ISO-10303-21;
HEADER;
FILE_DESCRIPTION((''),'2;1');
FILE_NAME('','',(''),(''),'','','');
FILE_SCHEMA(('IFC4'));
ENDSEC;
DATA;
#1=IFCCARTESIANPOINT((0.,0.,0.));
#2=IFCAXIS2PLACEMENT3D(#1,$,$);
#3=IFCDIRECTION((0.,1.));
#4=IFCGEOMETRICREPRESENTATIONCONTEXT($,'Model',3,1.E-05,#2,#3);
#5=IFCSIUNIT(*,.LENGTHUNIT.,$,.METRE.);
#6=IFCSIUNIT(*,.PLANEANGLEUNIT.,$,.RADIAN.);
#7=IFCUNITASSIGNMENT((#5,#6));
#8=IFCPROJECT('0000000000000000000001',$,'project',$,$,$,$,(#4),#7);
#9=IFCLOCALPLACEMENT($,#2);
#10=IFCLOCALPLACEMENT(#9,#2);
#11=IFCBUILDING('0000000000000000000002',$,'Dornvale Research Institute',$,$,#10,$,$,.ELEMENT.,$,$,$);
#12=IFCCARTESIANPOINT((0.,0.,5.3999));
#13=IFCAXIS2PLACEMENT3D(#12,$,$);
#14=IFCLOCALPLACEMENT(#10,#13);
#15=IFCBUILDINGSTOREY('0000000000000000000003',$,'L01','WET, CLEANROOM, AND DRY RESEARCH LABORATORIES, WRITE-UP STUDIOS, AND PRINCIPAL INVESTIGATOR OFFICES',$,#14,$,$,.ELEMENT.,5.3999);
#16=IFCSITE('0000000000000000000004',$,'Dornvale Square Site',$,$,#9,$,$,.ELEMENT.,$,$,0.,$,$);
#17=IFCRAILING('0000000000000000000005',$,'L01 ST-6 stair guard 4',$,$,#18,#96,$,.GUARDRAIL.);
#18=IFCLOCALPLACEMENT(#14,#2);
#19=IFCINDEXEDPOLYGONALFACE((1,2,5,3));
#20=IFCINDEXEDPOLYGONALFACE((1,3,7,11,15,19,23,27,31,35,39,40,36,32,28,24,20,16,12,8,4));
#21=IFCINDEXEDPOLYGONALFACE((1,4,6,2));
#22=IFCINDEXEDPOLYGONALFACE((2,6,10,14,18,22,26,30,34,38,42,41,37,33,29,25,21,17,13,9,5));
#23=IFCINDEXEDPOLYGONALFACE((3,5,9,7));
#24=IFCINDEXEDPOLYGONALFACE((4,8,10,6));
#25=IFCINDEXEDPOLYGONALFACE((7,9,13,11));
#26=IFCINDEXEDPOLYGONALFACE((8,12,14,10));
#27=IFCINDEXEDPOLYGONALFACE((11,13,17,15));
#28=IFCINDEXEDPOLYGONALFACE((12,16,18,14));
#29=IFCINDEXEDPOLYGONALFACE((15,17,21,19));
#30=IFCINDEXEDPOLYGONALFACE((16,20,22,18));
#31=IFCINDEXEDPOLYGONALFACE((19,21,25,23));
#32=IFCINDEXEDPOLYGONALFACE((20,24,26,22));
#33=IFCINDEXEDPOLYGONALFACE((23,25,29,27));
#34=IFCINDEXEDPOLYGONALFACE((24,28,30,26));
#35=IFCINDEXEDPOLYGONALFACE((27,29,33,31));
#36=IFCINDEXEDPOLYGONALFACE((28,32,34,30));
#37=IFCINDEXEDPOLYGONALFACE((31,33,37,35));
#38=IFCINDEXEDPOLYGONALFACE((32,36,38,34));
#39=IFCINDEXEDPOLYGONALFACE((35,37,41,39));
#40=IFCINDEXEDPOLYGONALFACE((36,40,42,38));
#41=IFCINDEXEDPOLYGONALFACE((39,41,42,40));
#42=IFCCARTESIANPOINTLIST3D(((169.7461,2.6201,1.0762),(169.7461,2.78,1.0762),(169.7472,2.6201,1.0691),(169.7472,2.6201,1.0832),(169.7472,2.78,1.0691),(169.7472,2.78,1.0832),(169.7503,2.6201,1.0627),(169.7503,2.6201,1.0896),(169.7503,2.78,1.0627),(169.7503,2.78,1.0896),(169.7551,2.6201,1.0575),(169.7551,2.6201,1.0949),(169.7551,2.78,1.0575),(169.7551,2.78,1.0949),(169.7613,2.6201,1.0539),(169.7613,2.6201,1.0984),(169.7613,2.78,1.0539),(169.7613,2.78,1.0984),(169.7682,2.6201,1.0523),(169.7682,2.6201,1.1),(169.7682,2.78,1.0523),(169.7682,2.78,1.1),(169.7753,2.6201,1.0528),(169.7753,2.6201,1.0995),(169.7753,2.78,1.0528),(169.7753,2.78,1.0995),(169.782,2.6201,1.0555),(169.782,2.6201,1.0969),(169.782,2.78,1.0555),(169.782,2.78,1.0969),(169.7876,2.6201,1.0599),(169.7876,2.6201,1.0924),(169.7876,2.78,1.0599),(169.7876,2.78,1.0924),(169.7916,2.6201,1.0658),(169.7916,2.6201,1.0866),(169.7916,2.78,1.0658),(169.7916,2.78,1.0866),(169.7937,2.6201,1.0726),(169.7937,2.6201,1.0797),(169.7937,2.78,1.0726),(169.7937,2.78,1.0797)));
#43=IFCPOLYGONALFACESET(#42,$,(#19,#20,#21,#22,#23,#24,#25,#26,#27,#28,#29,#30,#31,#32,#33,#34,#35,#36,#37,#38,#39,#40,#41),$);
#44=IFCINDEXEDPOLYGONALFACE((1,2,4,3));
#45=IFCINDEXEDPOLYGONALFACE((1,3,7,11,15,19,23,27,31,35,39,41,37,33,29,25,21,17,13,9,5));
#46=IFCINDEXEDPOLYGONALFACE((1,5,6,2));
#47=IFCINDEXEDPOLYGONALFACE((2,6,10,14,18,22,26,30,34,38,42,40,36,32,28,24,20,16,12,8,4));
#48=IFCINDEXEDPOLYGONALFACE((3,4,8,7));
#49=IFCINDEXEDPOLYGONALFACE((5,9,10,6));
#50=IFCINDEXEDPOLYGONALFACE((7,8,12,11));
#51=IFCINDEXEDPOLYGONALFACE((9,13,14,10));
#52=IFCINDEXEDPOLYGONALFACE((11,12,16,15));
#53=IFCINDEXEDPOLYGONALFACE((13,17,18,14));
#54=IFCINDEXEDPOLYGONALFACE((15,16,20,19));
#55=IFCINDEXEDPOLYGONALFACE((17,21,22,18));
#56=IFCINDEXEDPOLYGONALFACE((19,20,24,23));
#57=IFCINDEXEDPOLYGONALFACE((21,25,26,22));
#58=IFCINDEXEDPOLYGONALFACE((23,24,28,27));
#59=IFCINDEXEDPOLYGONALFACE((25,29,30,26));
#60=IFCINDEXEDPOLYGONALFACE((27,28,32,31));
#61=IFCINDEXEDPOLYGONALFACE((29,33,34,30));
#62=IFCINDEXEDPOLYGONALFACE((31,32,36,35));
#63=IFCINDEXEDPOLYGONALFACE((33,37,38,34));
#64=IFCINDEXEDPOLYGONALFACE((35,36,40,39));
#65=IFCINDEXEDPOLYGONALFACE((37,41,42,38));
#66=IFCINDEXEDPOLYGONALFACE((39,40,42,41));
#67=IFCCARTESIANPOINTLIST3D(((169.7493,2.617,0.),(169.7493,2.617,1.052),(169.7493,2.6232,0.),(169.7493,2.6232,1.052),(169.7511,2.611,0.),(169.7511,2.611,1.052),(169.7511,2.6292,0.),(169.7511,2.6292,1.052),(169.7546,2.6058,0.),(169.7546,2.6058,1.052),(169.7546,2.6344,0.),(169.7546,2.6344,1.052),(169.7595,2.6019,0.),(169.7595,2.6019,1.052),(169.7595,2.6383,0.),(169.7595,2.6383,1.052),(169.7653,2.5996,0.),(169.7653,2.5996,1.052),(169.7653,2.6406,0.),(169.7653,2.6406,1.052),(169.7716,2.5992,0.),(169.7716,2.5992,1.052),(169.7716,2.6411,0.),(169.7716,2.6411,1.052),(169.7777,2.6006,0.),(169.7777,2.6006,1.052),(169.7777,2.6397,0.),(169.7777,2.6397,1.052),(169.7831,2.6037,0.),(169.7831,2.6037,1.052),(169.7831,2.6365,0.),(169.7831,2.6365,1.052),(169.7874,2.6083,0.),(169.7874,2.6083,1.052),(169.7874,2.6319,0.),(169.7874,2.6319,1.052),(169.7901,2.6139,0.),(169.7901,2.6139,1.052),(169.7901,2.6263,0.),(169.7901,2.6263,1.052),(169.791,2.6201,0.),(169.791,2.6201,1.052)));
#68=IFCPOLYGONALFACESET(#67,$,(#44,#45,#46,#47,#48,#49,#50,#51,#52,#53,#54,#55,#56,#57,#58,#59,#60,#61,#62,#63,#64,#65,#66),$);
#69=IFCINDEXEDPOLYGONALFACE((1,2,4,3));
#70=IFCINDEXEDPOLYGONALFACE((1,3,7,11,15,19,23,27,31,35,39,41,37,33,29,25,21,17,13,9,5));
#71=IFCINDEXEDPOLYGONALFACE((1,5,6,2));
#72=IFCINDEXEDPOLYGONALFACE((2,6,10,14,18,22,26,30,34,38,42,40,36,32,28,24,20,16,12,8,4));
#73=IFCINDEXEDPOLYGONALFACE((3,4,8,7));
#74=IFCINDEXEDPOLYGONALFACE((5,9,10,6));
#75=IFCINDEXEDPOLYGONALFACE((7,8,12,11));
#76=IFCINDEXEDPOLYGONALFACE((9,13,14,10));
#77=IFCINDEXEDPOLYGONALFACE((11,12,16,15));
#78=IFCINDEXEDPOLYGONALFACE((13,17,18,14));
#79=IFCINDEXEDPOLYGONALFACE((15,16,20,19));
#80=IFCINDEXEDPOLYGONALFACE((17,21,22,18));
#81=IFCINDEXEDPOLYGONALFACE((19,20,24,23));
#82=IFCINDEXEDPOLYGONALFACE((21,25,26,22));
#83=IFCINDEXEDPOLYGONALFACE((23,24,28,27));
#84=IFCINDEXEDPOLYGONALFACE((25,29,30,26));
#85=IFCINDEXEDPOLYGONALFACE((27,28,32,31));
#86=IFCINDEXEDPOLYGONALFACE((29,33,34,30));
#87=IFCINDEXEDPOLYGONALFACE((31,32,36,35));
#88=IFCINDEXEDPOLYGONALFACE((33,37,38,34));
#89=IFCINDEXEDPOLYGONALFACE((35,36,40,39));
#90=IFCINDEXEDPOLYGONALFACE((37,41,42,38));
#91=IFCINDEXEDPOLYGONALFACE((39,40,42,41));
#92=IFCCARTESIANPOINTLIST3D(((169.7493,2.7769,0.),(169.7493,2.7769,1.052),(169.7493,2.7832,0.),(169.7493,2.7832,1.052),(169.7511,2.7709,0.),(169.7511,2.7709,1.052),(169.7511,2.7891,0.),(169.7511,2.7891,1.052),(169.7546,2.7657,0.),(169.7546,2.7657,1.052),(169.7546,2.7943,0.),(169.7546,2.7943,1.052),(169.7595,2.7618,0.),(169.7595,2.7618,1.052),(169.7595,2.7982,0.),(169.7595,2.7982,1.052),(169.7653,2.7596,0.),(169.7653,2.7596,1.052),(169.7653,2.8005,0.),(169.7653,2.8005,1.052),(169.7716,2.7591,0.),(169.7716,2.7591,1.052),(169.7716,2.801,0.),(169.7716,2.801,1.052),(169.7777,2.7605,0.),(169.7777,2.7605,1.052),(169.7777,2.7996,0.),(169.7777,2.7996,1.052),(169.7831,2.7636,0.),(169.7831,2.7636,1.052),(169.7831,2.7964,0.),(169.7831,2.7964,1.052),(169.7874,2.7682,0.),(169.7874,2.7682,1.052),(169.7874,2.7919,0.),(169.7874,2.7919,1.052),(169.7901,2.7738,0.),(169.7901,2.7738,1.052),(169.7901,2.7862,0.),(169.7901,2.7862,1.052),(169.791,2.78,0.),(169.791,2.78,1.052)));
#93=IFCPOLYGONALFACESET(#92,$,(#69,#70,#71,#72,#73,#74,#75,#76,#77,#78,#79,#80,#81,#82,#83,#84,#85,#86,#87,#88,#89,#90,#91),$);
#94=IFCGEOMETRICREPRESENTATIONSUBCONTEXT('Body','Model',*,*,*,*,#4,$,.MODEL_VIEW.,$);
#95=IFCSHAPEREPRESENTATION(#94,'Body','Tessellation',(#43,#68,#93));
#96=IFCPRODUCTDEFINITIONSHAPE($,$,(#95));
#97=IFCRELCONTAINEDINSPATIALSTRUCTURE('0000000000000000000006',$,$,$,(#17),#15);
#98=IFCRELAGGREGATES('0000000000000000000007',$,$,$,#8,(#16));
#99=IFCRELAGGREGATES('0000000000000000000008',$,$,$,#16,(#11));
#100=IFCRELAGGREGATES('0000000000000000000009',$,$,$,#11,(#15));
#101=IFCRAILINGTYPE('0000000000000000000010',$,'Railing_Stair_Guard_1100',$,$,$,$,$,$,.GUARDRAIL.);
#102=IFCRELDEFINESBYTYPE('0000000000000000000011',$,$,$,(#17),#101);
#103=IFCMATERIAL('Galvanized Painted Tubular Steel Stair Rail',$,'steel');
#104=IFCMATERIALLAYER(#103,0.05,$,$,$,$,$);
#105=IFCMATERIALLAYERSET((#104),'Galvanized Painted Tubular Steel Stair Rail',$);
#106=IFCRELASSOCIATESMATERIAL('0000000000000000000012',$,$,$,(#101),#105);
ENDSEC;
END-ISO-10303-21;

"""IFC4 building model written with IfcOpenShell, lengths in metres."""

from ifc_helpers import new_model, si_unit, direction, frame, origin, origin_2d, place, context, subcontext, project, spatial, circle, extrude, material, layer, layer_set, type_object, element, save


model = new_model("IFC4")

# Units and contexts
model_context = context("Model", 3, precision=1e-05, world=origin(), true_north=direction((0.0, 1.0)))
body_context = subcontext(model_context, "Body", "Model", "MODEL_VIEW")
ifc_project = project(units=[si_unit("LENGTHUNIT", "METRE"), si_unit("PLANEANGLEUNIT", "RADIAN")], contexts=[model_context])

# Site, building, storey
site_placement = place(None, origin())
site = spatial("IfcSite", under=ifc_project, at=site_placement, Name="Dornvale Square Site", CompositionType="ELEMENT", RefElevation=0.0)
building_placement = place(site_placement, origin())
building = spatial("IfcBuilding", under=site, at=building_placement, Name="Dornvale Research Institute", CompositionType="ELEMENT")
storey_placement = place(building_placement, frame((0.0, 0.0, 5.3999)))
storey = spatial("IfcBuildingStorey", under=building, at=storey_placement, Name="L01", Description="WET, CLEANROOM, AND DRY RESEARCH LABORATORIES, WRITE-UP STUDIOS, AND PRINCIPAL INVESTIGATOR OFFICES", CompositionType="ELEMENT", Elevation=5.3999)

# Railing
ifc_material_1 = material(Name="Galvanized Painted Tubular Steel Stair Rail", Category="steel")
ifc_layer_1 = layer(ifc_material_1, 0.05)
ifc_layer_set_1 = layer_set([ifc_layer_1], Name="Galvanized Painted Tubular Steel Stair Rail")
railing_type_1 = type_object("IfcRailingType", Name="Railing_Stair_Guard_1100", PredefinedType="GUARDRAIL", material=ifc_layer_set_1)
railing_1_placement = place(storey_placement, frame((169.77, 2.6201, 0.0)))
element("IfcRailing", 1, at=railing_1_placement, inside=storey, type_object=railing_type_1, Name="L01 ST-6 stair guard 4", PredefinedType="GUARDRAIL", context=body_context, shape_type="SweptSolid", body=[
    extrude(circle(Radius=0.0239, at=origin_2d()), frame((0.0, 0.0, 1.0762), z_axis=(0.0, 1.0, 0.0), x_axis=(-1.0, 0.0, 0.0)), (0.0, 0.0, 1.0), 0.1599),
    extrude(circle(Radius=0.021, at=origin_2d()), origin(), (0.0, 0.0, 1.0), 1.052),
    extrude(circle(Radius=0.021, at=origin_2d()), frame((0.0, 0.1599, 0.0)), (0.0, 0.0, 1.0), 1.052),
])

save(model, "model.ifc")
